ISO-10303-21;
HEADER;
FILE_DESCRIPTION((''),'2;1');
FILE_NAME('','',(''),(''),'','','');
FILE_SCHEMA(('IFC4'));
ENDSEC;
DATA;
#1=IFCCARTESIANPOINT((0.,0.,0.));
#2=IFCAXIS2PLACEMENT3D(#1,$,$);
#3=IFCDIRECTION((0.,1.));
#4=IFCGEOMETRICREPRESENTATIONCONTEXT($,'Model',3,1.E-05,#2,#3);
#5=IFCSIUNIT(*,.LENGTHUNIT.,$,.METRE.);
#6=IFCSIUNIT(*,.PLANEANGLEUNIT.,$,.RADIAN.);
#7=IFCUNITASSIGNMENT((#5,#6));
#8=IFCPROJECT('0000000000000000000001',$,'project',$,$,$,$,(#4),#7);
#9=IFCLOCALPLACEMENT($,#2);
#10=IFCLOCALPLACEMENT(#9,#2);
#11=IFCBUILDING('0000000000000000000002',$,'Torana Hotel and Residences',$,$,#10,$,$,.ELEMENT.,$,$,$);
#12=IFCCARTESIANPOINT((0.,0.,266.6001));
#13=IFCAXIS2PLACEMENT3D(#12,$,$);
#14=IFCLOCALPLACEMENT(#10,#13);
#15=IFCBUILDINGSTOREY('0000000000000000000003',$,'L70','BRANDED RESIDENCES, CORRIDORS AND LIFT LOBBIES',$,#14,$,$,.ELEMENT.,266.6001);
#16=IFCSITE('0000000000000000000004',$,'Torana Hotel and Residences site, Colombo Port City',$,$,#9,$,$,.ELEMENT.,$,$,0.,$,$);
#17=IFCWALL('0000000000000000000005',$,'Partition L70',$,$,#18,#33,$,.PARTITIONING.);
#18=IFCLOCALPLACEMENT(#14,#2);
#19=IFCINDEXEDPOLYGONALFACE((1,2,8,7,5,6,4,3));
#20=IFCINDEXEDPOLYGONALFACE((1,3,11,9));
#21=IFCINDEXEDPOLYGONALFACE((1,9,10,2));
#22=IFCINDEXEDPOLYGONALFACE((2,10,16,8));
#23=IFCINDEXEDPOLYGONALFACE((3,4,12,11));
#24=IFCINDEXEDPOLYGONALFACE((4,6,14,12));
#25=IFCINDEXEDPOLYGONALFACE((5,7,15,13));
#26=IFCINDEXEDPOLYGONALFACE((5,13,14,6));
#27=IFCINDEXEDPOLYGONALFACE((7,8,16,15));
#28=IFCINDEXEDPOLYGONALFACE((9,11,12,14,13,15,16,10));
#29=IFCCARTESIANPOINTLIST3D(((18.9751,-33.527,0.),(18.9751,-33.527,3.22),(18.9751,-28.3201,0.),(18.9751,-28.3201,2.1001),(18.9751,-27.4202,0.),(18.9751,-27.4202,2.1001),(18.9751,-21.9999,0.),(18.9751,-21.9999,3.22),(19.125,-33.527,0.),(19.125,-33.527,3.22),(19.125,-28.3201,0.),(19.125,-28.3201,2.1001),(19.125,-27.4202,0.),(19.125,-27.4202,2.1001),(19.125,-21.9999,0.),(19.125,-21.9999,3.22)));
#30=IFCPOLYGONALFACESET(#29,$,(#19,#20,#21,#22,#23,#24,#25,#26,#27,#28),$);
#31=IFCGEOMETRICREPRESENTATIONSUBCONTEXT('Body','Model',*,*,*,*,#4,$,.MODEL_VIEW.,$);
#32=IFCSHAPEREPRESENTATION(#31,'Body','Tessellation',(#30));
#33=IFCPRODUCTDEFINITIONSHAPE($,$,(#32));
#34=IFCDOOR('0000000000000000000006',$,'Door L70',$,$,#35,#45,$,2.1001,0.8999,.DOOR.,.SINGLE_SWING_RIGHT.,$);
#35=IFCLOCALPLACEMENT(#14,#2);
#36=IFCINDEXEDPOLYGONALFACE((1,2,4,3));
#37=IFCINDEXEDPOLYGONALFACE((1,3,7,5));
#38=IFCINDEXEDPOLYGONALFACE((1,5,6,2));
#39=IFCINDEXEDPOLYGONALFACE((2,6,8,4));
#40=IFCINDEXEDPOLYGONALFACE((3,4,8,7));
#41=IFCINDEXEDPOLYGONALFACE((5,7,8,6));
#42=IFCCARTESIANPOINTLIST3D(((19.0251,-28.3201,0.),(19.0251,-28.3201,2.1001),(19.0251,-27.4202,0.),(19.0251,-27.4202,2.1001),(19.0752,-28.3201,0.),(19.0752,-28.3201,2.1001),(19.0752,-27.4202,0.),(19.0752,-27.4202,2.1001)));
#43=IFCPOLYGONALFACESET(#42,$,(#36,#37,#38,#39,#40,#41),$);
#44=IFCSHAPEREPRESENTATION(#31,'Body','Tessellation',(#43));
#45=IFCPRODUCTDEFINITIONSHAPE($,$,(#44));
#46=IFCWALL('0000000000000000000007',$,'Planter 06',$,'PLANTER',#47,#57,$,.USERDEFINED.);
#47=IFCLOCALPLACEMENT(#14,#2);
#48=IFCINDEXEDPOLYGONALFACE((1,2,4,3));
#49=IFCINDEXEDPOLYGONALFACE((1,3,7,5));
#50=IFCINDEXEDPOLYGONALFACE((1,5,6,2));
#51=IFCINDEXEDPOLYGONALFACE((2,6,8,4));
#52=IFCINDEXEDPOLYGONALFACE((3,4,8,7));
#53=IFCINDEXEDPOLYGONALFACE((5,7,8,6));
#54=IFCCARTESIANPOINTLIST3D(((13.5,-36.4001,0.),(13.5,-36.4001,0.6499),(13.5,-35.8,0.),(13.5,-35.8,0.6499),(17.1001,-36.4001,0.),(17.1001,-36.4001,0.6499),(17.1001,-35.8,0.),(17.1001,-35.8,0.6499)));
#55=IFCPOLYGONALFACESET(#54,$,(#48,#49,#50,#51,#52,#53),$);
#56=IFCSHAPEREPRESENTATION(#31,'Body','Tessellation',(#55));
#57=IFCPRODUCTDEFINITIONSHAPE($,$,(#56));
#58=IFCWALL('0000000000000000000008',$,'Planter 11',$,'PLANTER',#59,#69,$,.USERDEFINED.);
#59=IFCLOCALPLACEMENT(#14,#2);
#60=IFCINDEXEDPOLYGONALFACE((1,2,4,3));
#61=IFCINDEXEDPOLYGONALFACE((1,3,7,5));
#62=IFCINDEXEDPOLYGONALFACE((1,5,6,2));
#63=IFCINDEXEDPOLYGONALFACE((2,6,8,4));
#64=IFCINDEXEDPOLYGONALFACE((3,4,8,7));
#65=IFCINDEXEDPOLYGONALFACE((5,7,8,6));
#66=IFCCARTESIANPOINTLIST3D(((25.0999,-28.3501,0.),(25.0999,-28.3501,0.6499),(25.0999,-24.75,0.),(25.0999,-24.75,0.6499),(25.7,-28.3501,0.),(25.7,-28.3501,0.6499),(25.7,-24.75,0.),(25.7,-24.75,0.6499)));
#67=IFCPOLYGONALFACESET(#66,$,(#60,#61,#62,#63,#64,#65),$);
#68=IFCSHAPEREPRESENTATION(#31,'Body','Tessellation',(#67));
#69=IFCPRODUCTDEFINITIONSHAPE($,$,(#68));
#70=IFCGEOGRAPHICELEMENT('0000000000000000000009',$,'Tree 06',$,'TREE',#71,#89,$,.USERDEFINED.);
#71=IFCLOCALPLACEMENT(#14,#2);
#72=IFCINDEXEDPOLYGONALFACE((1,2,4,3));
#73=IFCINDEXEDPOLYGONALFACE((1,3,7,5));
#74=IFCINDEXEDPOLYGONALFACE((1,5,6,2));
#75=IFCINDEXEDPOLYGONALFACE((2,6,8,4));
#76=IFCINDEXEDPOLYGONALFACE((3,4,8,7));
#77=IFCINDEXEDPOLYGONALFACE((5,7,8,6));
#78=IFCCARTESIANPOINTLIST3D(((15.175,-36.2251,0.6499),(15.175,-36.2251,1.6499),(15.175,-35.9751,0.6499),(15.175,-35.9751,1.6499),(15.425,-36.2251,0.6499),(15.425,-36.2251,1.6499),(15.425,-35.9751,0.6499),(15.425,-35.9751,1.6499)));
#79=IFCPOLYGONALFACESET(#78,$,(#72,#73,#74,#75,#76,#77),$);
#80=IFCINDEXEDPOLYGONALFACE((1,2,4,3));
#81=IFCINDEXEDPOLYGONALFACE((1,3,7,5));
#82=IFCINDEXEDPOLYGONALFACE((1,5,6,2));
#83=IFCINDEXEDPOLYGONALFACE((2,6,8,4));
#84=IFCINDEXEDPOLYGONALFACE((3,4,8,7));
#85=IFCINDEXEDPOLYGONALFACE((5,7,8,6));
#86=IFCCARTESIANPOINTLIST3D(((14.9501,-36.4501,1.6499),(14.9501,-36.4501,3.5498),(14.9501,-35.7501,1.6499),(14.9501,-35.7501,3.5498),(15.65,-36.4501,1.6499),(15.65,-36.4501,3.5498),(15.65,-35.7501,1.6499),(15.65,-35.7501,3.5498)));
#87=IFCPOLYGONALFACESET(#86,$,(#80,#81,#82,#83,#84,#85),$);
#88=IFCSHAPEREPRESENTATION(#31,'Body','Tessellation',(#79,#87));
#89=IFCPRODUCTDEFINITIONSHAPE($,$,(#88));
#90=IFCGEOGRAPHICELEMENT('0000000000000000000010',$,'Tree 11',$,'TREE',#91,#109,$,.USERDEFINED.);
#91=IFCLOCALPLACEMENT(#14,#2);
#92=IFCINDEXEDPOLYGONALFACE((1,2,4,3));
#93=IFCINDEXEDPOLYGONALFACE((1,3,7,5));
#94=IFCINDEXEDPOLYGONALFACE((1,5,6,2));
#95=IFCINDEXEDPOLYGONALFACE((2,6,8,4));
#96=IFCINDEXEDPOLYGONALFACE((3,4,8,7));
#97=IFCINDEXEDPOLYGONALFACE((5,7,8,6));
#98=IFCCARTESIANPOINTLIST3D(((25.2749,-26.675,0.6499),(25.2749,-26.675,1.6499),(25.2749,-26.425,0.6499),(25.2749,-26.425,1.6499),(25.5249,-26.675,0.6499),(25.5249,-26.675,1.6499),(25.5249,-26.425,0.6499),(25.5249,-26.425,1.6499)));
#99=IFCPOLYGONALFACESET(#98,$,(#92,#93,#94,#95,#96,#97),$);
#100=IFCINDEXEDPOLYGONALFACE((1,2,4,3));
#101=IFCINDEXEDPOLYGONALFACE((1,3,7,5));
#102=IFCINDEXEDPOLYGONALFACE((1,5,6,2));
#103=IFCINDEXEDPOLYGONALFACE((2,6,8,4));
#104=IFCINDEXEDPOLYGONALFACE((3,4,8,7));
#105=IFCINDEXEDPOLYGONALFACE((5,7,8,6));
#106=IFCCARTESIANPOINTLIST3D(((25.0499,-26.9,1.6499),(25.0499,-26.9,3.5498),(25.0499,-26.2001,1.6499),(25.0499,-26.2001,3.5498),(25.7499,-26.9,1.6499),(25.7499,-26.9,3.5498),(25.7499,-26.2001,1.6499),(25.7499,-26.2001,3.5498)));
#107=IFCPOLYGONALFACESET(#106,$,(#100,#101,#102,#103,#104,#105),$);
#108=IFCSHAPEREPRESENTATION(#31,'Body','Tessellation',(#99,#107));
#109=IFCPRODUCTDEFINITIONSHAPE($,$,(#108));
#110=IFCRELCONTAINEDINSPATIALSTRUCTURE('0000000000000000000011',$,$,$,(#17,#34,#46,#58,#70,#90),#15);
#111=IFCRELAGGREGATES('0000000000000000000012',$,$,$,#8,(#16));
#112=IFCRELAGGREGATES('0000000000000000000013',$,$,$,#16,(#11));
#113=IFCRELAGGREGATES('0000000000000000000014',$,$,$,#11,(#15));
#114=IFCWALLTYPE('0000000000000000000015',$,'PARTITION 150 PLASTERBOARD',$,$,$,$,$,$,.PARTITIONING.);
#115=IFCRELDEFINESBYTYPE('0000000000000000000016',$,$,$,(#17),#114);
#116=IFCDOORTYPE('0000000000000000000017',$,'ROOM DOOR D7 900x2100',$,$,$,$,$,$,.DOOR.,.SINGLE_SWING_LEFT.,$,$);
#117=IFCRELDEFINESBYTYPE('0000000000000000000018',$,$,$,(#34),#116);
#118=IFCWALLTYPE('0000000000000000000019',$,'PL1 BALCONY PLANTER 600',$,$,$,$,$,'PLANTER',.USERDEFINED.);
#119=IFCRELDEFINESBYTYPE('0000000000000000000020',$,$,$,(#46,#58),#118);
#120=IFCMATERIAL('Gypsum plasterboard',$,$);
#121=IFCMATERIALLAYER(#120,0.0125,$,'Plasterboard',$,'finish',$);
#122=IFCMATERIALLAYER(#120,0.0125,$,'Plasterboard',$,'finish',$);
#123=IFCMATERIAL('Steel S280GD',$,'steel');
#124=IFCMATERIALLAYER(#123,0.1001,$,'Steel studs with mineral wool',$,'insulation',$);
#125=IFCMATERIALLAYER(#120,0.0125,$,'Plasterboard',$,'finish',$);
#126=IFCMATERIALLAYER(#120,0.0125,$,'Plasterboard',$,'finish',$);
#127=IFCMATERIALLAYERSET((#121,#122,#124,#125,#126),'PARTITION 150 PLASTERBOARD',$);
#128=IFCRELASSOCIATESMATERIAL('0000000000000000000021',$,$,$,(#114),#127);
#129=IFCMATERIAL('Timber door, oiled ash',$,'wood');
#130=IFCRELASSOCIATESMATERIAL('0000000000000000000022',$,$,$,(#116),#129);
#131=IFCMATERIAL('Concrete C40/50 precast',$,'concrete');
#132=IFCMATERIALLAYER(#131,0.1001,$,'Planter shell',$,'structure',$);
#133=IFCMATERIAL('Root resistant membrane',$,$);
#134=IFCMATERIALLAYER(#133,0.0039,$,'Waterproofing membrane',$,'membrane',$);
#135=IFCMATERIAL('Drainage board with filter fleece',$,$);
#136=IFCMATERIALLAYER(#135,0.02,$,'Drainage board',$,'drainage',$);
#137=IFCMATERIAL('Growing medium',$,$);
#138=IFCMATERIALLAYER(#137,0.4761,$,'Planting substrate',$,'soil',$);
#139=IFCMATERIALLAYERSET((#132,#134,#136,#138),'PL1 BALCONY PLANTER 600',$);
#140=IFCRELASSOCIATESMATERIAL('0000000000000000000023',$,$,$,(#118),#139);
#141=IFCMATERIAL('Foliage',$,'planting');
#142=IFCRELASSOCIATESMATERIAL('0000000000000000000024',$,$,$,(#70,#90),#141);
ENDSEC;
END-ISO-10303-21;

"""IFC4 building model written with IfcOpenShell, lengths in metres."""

from ifc_helpers import new_model, si_unit, direction, frame, frame_2d, origin, origin_2d, place, context, subcontext, project, spatial, rectangle, extrude, material, layer, layer_set, type_object, element, fill, save


model = new_model("IFC4")

# Units and contexts
model_context = context("Model", 3, precision=1e-05, world=origin(), true_north=direction((0.0, 1.0)))
body_context = subcontext(model_context, "Body", "Model", "MODEL_VIEW")
ifc_project = project(units=[si_unit("LENGTHUNIT", "METRE"), si_unit("PLANEANGLEUNIT", "RADIAN")], contexts=[model_context])

# Site, building, storey
site_placement = place(None, origin())
site = spatial("IfcSite", under=ifc_project, at=site_placement, Name="Torana Hotel and Residences site, Colombo Port City", CompositionType="ELEMENT", RefElevation=0.0)
building_placement = place(site_placement, origin())
building = spatial("IfcBuilding", under=site, at=building_placement, Name="Torana Hotel and Residences", CompositionType="ELEMENT")
storey_placement = place(building_placement, frame((0.0, 0.0, 266.6001)))
storey = spatial("IfcBuildingStorey", under=building, at=storey_placement, Name="L70", Description="BRANDED RESIDENCES, CORRIDORS AND LIFT LOBBIES", CompositionType="ELEMENT", Elevation=266.6001)

# Shared definitions
ifc_material_1 = material(Name="Steel S280GD", Category="steel")

# Wall, opening, door
ifc_material_2 = material(Name="Gypsum plasterboard")
ifc_layer_1 = layer(ifc_material_2, 0.0125, Name="Plasterboard", Category="finish")
ifc_layer_2 = layer(ifc_material_2, 0.0125, Name="Plasterboard", Category="finish")
ifc_layer_3 = layer(ifc_material_1, 0.1001, Name="Steel studs with mineral wool", Category="insulation")
ifc_layer_4 = layer(ifc_material_2, 0.0125, Name="Plasterboard", Category="finish")
ifc_layer_5 = layer(ifc_material_2, 0.0125, Name="Plasterboard", Category="finish")
ifc_layer_set_1 = layer_set([ifc_layer_1, ifc_layer_2, ifc_layer_3, ifc_layer_4, ifc_layer_5], Name="PARTITION 150 PLASTERBOARD")
wall_type_1 = type_object("IfcWallType", Name="PARTITION 150 PLASTERBOARD", PredefinedType="PARTITIONING", material=ifc_layer_set_1)
ifc_material_3 = material(Name="Timber door, oiled ash", Category="wood")
door_type_1 = type_object("IfcDoorType", Name="ROOM DOOR D7 900x2100", OperationType="SINGLE_SWING_LEFT", PredefinedType="DOOR", material=ifc_material_3)
wall_1_placement = place(storey_placement, frame((19.05, -33.5271, 0.0), z_axis=(0.0, 0.0, 1.0), x_axis=(0.0, 1.0, 0.0)))
wall_1 = element("IfcWall", 1, at=wall_1_placement, inside=storey, type_object=wall_type_1, Name="Partition L70", PredefinedType="PARTITIONING", context=body_context, shape_type="SweptSolid", body=[
    extrude(rectangle(XDim=11.5271, YDim=0.1499, at=frame_2d((5.7637, 0.0))), origin(), (0.0, 0.0, 1.0), 3.22),
])
opening_1_placement = place(wall_1_placement, frame((5.207, 0.0, 0.0)))
opening_1 = element("IfcOpeningElement", 2, at=opening_1_placement, cuts=wall_1, PredefinedType="OPENING", context=body_context, shape_type="SweptSolid", body=[
    extrude(rectangle(XDim=0.8999, YDim=2.1001, at=frame_2d((0.45, 1.05))), frame((0.0, 0.085, 0.0), z_axis=(0.0, -1.0, 0.0), x_axis=(1.0, 0.0, 0.0)), (0.0, 0.0, 1.0), 0.1699),
])
door_1_placement = place(opening_1_placement, origin())
door_1 = element("IfcDoor", 3, at=door_1_placement, inside=storey, type_object=door_type_1, Name="Door L70", OperationType="SINGLE_SWING_RIGHT", OverallHeight=2.1001, OverallWidth=0.8999, PredefinedType="DOOR", context=body_context, shape_type="SweptSolid", body=[
    extrude(rectangle(XDim=0.8999, YDim=2.1001, at=frame_2d((0.45, 1.05))), frame((0.0, 0.0249, 0.0), z_axis=(0.0, -1.0, 0.0), x_axis=(1.0, 0.0, 0.0)), (0.0, 0.0, 1.0), 0.05),
])
fill(opening_1, door_1)

# Walls
ifc_material_4 = material(Name="Concrete C40/50 precast", Category="concrete")
ifc_layer_6 = layer(ifc_material_4, 0.1001, Name="Planter shell", Category="structure")
ifc_material_5 = material(Name="Root resistant membrane")
ifc_layer_7 = layer(ifc_material_5, 0.0039, Name="Waterproofing membrane", Category="membrane")
ifc_material_6 = material(Name="Drainage board with filter fleece")
ifc_layer_8 = layer(ifc_material_6, 0.02, Name="Drainage board", Category="drainage")
ifc_material_7 = material(Name="Growing medium")
ifc_layer_9 = layer(ifc_material_7, 0.4761, Name="Planting substrate", Category="soil")
ifc_layer_set_2 = layer_set([ifc_layer_6, ifc_layer_7, ifc_layer_8, ifc_layer_9], Name="PL1 BALCONY PLANTER 600")
wall_type_2 = type_object("IfcWallType", Name="PL1 BALCONY PLANTER 600", ElementType="PLANTER", PredefinedType="USERDEFINED", material=ifc_layer_set_2)
for number, where, z_axis, x_axis, name in (
    (4, (17.1001, -36.1001, 0.0), (0.0, 0.0, 1.0), (-1.0, 0.0, 0.0), "Planter 06"),
    (5, (25.3999, -24.75, 0.0), (0.0, 0.0, 1.0), (0.0, -1.0, 0.0), "Planter 11"),
):
    element("IfcWall", number, at=place(storey_placement, frame(where, z_axis=z_axis, x_axis=x_axis)), inside=storey, type_object=wall_type_2, Name=name, ObjectType="PLANTER", PredefinedType="USERDEFINED", context=body_context, shape_type="SweptSolid", body=[
        extrude(rectangle(XDim=3.6001, YDim=0.6001, at=frame_2d((1.8, 0.0))), origin(), (0.0, 0.0, 1.0), 0.6499),
    ])

# Geographic elements
ifc_material_8 = material(Name="Foliage", Category="planting")
for number, where, z_axis, x_axis, name in (
    (6, (15.3, -36.1001, 0.6499), (0.0, 0.0, 1.0), (1.0, 0.0, 0.0), "Tree 06"),
    (7, (25.3999, -26.55, 0.6499), (0.0, 0.0, 1.0), (1.0, 0.0, 0.0), "Tree 11"),
):
    element("IfcGeographicElement", number, at=place(storey_placement, frame(where, z_axis=z_axis, x_axis=x_axis)), inside=storey, material=ifc_material_8, Name=name, ObjectType="TREE", PredefinedType="USERDEFINED", context=body_context, shape_type="SweptSolid", body=[
        extrude(rectangle(XDim=0.25, YDim=0.25, at=origin_2d()), origin(), (0.0, 0.0, 1.0), 1.0),
        extrude(rectangle(XDim=0.7, YDim=0.7, at=origin_2d()), frame((0.0, 0.0, 1.0)), (0.0, 0.0, 1.0), 1.8999),
    ])

save(model, "model.ifc")
